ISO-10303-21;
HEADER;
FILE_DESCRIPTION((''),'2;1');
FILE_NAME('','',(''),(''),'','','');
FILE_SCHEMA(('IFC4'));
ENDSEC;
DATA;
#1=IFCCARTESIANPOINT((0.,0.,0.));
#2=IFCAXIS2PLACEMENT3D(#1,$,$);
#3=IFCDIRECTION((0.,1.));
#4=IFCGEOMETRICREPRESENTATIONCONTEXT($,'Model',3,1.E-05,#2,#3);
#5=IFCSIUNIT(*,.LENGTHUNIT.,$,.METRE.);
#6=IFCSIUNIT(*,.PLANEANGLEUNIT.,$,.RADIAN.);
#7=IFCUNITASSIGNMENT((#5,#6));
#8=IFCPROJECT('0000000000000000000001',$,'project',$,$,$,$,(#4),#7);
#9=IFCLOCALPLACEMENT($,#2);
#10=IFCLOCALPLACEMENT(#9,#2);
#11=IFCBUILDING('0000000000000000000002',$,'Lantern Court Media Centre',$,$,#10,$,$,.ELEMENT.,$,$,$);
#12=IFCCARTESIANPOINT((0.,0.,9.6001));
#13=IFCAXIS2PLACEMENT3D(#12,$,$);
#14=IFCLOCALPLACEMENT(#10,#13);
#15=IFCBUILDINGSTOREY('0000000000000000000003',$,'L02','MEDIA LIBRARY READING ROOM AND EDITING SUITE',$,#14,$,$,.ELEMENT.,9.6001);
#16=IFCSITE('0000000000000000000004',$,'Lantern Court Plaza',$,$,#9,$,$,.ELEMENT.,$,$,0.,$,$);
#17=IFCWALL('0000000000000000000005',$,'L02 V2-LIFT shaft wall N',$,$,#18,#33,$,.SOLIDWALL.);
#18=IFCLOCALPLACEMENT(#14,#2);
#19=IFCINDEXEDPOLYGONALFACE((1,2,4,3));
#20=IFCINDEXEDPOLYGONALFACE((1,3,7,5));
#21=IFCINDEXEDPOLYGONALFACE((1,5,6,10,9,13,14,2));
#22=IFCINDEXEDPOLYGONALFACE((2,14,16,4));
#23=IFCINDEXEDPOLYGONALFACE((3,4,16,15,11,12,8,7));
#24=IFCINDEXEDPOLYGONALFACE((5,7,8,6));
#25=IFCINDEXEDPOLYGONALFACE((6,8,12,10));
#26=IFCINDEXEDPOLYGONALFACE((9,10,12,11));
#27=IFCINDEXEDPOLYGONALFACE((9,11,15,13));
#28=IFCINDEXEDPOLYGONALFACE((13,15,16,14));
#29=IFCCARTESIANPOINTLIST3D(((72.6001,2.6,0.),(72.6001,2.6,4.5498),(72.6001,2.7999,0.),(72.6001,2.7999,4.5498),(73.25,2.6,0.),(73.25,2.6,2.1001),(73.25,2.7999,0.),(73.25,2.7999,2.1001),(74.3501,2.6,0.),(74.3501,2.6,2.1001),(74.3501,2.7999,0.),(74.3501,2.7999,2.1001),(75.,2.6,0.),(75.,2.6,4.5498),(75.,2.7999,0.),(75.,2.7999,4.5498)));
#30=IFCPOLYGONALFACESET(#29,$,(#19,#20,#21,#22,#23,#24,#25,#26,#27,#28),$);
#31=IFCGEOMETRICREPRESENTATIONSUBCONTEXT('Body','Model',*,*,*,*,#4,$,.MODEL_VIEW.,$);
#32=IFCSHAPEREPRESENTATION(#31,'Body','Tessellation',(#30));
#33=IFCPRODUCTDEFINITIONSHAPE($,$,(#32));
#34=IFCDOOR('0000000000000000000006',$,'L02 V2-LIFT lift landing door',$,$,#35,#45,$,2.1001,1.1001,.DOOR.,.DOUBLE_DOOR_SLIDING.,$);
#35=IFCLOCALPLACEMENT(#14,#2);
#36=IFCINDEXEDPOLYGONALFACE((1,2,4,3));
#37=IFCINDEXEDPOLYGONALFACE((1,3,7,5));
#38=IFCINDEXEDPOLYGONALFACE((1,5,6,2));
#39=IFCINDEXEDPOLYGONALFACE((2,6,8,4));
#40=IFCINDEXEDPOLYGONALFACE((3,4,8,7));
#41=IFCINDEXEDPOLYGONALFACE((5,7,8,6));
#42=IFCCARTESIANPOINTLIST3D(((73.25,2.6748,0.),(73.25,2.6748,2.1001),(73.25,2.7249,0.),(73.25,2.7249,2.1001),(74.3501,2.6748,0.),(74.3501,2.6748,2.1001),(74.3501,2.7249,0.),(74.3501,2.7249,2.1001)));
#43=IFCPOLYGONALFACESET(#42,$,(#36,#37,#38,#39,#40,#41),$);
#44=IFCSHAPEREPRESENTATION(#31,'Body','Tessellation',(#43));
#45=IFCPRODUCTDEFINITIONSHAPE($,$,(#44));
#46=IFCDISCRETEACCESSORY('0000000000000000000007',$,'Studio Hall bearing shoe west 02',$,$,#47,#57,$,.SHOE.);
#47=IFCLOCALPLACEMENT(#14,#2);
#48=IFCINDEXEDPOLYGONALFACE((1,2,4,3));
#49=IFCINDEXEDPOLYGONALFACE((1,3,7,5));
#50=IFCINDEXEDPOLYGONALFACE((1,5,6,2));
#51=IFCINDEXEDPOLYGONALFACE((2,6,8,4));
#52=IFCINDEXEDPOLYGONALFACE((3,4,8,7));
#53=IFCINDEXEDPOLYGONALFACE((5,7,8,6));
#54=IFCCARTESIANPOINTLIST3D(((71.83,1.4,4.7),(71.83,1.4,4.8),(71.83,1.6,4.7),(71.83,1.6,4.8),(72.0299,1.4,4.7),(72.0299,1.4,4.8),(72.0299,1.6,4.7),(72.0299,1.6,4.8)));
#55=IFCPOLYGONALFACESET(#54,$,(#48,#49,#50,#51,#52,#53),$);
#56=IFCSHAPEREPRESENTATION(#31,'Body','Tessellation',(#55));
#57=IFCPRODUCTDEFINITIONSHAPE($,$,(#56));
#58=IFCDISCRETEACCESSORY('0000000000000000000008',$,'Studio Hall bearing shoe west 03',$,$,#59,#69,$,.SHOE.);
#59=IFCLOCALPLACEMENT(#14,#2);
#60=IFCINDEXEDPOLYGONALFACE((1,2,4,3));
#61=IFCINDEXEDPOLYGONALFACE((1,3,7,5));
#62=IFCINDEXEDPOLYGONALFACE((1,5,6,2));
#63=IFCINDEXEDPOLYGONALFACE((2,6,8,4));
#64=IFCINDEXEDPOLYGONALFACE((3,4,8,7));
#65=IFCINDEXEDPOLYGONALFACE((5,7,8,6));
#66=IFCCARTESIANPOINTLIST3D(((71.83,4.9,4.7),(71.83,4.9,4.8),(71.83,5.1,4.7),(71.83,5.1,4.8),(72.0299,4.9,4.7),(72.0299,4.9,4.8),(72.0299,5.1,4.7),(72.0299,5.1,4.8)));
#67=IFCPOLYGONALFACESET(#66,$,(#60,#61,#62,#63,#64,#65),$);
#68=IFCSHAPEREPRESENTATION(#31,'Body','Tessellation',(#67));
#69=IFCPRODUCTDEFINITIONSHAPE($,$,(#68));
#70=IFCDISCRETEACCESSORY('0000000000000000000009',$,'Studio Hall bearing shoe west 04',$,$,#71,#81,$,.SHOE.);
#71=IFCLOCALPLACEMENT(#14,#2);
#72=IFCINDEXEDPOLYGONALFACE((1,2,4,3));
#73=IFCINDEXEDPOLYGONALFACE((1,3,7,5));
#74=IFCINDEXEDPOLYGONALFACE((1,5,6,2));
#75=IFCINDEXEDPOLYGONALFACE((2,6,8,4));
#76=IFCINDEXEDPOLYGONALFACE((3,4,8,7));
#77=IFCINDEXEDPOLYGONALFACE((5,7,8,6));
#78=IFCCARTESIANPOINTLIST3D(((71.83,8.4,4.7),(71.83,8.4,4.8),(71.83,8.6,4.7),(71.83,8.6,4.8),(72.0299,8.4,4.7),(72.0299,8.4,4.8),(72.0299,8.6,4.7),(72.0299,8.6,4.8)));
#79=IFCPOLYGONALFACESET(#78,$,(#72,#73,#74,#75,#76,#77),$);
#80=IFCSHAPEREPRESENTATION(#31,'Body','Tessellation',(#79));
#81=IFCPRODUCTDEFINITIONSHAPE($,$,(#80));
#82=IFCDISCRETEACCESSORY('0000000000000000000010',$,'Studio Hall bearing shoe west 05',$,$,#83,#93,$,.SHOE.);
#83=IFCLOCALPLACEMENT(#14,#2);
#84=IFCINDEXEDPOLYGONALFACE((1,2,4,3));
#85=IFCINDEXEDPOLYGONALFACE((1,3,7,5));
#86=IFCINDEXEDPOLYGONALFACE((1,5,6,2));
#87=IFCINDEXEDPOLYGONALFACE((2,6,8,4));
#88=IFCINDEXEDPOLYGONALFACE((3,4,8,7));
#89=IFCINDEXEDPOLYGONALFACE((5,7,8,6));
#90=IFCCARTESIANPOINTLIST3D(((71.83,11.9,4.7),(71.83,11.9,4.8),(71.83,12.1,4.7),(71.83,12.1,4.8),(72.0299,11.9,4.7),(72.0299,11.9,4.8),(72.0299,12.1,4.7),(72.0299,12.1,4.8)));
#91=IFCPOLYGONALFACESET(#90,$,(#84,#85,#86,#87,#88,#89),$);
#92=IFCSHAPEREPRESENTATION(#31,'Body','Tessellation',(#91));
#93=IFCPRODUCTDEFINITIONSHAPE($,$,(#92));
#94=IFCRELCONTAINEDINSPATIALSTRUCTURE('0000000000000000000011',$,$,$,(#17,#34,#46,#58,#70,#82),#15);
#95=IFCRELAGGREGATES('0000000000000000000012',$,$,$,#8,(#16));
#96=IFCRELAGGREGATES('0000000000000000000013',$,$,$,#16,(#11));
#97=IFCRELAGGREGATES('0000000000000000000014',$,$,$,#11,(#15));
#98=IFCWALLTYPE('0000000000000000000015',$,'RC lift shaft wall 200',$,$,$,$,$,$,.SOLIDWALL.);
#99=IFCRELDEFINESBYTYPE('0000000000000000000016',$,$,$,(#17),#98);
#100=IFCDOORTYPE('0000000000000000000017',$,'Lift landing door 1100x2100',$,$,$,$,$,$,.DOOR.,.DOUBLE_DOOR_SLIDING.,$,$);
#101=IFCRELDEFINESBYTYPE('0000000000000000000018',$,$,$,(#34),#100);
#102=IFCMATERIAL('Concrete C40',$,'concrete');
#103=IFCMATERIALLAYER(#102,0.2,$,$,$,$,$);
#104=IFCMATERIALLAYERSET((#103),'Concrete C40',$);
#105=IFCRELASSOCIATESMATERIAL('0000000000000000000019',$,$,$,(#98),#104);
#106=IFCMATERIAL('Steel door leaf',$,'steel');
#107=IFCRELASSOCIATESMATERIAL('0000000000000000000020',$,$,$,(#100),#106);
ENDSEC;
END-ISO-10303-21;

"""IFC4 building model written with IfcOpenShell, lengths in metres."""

from ifc_helpers import new_model, si_unit, direction, frame, frame_2d, origin, origin_2d, place, context, subcontext, project, spatial, rectangle, extrude, material, layer, layer_set, type_object, element, fill, save


model = new_model("IFC4")

# Units and contexts
model_context = context("Model", 3, precision=1e-05, world=origin(), true_north=direction((0.0, 1.0)))
body_context = subcontext(model_context, "Body", "Model", "MODEL_VIEW")
ifc_project = project(units=[si_unit("LENGTHUNIT", "METRE"), si_unit("PLANEANGLEUNIT", "RADIAN")], contexts=[model_context])

# Site, building, storey
site_placement = place(None, origin())
site = spatial("IfcSite", under=ifc_project, at=site_placement, Name="Lantern Court Plaza", CompositionType="ELEMENT", RefElevation=0.0)
building_placement = place(site_placement, origin())
building = spatial("IfcBuilding", under=site, at=building_placement, Name="Lantern Court Media Centre", CompositionType="ELEMENT")
storey_placement = place(building_placement, frame((0.0, 0.0, 9.6001)))
storey = spatial("IfcBuildingStorey", under=building, at=storey_placement, Name="L02", Description="MEDIA LIBRARY READING ROOM AND EDITING SUITE", CompositionType="ELEMENT", Elevation=9.6001)

# Shared definitions
ifc_material_1 = material(Name="Concrete C40", Category="concrete")
ifc_layer_1 = layer(ifc_material_1, 0.2)
ifc_layer_set_1 = layer_set([ifc_layer_1], Name="Concrete C40")
wall_type_1 = type_object("IfcWallType", Name="RC lift shaft wall 200", PredefinedType="SOLIDWALL", material=ifc_layer_set_1)

# Wall, opening, door
wall_1_placement = place(storey_placement, frame((72.6001, 2.7, 0.0), z_axis=(0.0, 0.0, 1.0), x_axis=(1.0, 0.0, 0.0)))
wall_1 = element("IfcWall", 1, at=wall_1_placement, inside=storey, type_object=wall_type_1, Name="L02 V2-LIFT shaft wall N", PredefinedType="SOLIDWALL", context=body_context, shape_type="SweptSolid", body=[
    extrude(rectangle(XDim=2.3999, YDim=0.2, at=frame_2d((1.2, 0.0))), origin(), (0.0, 0.0, 1.0), 4.5498),
])
opening_placement = place(wall_1_placement, frame((0.6499, 0.0, 0.0)))
opening = element("IfcOpeningElement", 2, at=opening_placement, cuts=wall_1, PredefinedType="OPENING", context=body_context, shape_type="SweptSolid", body=[
    extrude(rectangle(XDim=1.1001, YDim=2.1001, at=frame_2d((0.55, 1.05))), frame((0.0, 0.1099, 0.0), z_axis=(0.0, -1.0, 0.0), x_axis=(1.0, 0.0, 0.0)), (0.0, 0.0, 1.0), 0.22),
])
ifc_material_2 = material(Name="Steel door leaf", Category="steel")
door_type = type_object("IfcDoorType", Name="Lift landing door 1100x2100", OperationType="DOUBLE_DOOR_SLIDING", PredefinedType="DOOR", material=ifc_material_2)
door_placement = place(opening_placement, origin())
door = element("IfcDoor", 3, at=door_placement, inside=storey, type_object=door_type, Name="L02 V2-LIFT lift landing door", OperationType="DOUBLE_DOOR_SLIDING", OverallHeight=2.1001, OverallWidth=1.1001, PredefinedType="DOOR", context=body_context, shape_type="SweptSolid", body=[
    extrude(rectangle(XDim=1.1001, YDim=2.1001, at=frame_2d((0.55, 1.05))), frame((0.0, 0.0249, 0.0), z_axis=(0.0, -1.0, 0.0), x_axis=(1.0, 0.0, 0.0)), (0.0, 0.0, 1.0), 0.05),
])
fill(opening, door)

# Discrete accessories
for number, where, z_axis, x_axis, name in (
    (4, (71.9299, 1.5, 4.7), (0.0, 0.0, 1.0), (1.0, 0.0, 0.0), "Studio Hall bearing shoe west 02"),
    (5, (71.9299, 5.0, 4.7), (0.0, 0.0, 1.0), (1.0, 0.0, 0.0), "Studio Hall bearing shoe west 03"),
    (6, (71.9299, 8.5, 4.7), (0.0, 0.0, 1.0), (1.0, 0.0, 0.0), "Studio Hall bearing shoe west 04"),
    (7, (71.9299, 12.0, 4.7), (0.0, 0.0, 1.0), (1.0, 0.0, 0.0), "Studio Hall bearing shoe west 05"),
):
    element("IfcDiscreteAccessory", number, at=place(storey_placement, frame(where, z_axis=z_axis, x_axis=x_axis)), inside=storey, Name=name, PredefinedType="SHOE", context=body_context, shape_type="SweptSolid", body=[
        extrude(rectangle(XDim=0.2, YDim=0.2, at=origin_2d()), origin(), (0.0, 0.0, 1.0), 0.1001),
    ])

save(model, "model.ifc")
